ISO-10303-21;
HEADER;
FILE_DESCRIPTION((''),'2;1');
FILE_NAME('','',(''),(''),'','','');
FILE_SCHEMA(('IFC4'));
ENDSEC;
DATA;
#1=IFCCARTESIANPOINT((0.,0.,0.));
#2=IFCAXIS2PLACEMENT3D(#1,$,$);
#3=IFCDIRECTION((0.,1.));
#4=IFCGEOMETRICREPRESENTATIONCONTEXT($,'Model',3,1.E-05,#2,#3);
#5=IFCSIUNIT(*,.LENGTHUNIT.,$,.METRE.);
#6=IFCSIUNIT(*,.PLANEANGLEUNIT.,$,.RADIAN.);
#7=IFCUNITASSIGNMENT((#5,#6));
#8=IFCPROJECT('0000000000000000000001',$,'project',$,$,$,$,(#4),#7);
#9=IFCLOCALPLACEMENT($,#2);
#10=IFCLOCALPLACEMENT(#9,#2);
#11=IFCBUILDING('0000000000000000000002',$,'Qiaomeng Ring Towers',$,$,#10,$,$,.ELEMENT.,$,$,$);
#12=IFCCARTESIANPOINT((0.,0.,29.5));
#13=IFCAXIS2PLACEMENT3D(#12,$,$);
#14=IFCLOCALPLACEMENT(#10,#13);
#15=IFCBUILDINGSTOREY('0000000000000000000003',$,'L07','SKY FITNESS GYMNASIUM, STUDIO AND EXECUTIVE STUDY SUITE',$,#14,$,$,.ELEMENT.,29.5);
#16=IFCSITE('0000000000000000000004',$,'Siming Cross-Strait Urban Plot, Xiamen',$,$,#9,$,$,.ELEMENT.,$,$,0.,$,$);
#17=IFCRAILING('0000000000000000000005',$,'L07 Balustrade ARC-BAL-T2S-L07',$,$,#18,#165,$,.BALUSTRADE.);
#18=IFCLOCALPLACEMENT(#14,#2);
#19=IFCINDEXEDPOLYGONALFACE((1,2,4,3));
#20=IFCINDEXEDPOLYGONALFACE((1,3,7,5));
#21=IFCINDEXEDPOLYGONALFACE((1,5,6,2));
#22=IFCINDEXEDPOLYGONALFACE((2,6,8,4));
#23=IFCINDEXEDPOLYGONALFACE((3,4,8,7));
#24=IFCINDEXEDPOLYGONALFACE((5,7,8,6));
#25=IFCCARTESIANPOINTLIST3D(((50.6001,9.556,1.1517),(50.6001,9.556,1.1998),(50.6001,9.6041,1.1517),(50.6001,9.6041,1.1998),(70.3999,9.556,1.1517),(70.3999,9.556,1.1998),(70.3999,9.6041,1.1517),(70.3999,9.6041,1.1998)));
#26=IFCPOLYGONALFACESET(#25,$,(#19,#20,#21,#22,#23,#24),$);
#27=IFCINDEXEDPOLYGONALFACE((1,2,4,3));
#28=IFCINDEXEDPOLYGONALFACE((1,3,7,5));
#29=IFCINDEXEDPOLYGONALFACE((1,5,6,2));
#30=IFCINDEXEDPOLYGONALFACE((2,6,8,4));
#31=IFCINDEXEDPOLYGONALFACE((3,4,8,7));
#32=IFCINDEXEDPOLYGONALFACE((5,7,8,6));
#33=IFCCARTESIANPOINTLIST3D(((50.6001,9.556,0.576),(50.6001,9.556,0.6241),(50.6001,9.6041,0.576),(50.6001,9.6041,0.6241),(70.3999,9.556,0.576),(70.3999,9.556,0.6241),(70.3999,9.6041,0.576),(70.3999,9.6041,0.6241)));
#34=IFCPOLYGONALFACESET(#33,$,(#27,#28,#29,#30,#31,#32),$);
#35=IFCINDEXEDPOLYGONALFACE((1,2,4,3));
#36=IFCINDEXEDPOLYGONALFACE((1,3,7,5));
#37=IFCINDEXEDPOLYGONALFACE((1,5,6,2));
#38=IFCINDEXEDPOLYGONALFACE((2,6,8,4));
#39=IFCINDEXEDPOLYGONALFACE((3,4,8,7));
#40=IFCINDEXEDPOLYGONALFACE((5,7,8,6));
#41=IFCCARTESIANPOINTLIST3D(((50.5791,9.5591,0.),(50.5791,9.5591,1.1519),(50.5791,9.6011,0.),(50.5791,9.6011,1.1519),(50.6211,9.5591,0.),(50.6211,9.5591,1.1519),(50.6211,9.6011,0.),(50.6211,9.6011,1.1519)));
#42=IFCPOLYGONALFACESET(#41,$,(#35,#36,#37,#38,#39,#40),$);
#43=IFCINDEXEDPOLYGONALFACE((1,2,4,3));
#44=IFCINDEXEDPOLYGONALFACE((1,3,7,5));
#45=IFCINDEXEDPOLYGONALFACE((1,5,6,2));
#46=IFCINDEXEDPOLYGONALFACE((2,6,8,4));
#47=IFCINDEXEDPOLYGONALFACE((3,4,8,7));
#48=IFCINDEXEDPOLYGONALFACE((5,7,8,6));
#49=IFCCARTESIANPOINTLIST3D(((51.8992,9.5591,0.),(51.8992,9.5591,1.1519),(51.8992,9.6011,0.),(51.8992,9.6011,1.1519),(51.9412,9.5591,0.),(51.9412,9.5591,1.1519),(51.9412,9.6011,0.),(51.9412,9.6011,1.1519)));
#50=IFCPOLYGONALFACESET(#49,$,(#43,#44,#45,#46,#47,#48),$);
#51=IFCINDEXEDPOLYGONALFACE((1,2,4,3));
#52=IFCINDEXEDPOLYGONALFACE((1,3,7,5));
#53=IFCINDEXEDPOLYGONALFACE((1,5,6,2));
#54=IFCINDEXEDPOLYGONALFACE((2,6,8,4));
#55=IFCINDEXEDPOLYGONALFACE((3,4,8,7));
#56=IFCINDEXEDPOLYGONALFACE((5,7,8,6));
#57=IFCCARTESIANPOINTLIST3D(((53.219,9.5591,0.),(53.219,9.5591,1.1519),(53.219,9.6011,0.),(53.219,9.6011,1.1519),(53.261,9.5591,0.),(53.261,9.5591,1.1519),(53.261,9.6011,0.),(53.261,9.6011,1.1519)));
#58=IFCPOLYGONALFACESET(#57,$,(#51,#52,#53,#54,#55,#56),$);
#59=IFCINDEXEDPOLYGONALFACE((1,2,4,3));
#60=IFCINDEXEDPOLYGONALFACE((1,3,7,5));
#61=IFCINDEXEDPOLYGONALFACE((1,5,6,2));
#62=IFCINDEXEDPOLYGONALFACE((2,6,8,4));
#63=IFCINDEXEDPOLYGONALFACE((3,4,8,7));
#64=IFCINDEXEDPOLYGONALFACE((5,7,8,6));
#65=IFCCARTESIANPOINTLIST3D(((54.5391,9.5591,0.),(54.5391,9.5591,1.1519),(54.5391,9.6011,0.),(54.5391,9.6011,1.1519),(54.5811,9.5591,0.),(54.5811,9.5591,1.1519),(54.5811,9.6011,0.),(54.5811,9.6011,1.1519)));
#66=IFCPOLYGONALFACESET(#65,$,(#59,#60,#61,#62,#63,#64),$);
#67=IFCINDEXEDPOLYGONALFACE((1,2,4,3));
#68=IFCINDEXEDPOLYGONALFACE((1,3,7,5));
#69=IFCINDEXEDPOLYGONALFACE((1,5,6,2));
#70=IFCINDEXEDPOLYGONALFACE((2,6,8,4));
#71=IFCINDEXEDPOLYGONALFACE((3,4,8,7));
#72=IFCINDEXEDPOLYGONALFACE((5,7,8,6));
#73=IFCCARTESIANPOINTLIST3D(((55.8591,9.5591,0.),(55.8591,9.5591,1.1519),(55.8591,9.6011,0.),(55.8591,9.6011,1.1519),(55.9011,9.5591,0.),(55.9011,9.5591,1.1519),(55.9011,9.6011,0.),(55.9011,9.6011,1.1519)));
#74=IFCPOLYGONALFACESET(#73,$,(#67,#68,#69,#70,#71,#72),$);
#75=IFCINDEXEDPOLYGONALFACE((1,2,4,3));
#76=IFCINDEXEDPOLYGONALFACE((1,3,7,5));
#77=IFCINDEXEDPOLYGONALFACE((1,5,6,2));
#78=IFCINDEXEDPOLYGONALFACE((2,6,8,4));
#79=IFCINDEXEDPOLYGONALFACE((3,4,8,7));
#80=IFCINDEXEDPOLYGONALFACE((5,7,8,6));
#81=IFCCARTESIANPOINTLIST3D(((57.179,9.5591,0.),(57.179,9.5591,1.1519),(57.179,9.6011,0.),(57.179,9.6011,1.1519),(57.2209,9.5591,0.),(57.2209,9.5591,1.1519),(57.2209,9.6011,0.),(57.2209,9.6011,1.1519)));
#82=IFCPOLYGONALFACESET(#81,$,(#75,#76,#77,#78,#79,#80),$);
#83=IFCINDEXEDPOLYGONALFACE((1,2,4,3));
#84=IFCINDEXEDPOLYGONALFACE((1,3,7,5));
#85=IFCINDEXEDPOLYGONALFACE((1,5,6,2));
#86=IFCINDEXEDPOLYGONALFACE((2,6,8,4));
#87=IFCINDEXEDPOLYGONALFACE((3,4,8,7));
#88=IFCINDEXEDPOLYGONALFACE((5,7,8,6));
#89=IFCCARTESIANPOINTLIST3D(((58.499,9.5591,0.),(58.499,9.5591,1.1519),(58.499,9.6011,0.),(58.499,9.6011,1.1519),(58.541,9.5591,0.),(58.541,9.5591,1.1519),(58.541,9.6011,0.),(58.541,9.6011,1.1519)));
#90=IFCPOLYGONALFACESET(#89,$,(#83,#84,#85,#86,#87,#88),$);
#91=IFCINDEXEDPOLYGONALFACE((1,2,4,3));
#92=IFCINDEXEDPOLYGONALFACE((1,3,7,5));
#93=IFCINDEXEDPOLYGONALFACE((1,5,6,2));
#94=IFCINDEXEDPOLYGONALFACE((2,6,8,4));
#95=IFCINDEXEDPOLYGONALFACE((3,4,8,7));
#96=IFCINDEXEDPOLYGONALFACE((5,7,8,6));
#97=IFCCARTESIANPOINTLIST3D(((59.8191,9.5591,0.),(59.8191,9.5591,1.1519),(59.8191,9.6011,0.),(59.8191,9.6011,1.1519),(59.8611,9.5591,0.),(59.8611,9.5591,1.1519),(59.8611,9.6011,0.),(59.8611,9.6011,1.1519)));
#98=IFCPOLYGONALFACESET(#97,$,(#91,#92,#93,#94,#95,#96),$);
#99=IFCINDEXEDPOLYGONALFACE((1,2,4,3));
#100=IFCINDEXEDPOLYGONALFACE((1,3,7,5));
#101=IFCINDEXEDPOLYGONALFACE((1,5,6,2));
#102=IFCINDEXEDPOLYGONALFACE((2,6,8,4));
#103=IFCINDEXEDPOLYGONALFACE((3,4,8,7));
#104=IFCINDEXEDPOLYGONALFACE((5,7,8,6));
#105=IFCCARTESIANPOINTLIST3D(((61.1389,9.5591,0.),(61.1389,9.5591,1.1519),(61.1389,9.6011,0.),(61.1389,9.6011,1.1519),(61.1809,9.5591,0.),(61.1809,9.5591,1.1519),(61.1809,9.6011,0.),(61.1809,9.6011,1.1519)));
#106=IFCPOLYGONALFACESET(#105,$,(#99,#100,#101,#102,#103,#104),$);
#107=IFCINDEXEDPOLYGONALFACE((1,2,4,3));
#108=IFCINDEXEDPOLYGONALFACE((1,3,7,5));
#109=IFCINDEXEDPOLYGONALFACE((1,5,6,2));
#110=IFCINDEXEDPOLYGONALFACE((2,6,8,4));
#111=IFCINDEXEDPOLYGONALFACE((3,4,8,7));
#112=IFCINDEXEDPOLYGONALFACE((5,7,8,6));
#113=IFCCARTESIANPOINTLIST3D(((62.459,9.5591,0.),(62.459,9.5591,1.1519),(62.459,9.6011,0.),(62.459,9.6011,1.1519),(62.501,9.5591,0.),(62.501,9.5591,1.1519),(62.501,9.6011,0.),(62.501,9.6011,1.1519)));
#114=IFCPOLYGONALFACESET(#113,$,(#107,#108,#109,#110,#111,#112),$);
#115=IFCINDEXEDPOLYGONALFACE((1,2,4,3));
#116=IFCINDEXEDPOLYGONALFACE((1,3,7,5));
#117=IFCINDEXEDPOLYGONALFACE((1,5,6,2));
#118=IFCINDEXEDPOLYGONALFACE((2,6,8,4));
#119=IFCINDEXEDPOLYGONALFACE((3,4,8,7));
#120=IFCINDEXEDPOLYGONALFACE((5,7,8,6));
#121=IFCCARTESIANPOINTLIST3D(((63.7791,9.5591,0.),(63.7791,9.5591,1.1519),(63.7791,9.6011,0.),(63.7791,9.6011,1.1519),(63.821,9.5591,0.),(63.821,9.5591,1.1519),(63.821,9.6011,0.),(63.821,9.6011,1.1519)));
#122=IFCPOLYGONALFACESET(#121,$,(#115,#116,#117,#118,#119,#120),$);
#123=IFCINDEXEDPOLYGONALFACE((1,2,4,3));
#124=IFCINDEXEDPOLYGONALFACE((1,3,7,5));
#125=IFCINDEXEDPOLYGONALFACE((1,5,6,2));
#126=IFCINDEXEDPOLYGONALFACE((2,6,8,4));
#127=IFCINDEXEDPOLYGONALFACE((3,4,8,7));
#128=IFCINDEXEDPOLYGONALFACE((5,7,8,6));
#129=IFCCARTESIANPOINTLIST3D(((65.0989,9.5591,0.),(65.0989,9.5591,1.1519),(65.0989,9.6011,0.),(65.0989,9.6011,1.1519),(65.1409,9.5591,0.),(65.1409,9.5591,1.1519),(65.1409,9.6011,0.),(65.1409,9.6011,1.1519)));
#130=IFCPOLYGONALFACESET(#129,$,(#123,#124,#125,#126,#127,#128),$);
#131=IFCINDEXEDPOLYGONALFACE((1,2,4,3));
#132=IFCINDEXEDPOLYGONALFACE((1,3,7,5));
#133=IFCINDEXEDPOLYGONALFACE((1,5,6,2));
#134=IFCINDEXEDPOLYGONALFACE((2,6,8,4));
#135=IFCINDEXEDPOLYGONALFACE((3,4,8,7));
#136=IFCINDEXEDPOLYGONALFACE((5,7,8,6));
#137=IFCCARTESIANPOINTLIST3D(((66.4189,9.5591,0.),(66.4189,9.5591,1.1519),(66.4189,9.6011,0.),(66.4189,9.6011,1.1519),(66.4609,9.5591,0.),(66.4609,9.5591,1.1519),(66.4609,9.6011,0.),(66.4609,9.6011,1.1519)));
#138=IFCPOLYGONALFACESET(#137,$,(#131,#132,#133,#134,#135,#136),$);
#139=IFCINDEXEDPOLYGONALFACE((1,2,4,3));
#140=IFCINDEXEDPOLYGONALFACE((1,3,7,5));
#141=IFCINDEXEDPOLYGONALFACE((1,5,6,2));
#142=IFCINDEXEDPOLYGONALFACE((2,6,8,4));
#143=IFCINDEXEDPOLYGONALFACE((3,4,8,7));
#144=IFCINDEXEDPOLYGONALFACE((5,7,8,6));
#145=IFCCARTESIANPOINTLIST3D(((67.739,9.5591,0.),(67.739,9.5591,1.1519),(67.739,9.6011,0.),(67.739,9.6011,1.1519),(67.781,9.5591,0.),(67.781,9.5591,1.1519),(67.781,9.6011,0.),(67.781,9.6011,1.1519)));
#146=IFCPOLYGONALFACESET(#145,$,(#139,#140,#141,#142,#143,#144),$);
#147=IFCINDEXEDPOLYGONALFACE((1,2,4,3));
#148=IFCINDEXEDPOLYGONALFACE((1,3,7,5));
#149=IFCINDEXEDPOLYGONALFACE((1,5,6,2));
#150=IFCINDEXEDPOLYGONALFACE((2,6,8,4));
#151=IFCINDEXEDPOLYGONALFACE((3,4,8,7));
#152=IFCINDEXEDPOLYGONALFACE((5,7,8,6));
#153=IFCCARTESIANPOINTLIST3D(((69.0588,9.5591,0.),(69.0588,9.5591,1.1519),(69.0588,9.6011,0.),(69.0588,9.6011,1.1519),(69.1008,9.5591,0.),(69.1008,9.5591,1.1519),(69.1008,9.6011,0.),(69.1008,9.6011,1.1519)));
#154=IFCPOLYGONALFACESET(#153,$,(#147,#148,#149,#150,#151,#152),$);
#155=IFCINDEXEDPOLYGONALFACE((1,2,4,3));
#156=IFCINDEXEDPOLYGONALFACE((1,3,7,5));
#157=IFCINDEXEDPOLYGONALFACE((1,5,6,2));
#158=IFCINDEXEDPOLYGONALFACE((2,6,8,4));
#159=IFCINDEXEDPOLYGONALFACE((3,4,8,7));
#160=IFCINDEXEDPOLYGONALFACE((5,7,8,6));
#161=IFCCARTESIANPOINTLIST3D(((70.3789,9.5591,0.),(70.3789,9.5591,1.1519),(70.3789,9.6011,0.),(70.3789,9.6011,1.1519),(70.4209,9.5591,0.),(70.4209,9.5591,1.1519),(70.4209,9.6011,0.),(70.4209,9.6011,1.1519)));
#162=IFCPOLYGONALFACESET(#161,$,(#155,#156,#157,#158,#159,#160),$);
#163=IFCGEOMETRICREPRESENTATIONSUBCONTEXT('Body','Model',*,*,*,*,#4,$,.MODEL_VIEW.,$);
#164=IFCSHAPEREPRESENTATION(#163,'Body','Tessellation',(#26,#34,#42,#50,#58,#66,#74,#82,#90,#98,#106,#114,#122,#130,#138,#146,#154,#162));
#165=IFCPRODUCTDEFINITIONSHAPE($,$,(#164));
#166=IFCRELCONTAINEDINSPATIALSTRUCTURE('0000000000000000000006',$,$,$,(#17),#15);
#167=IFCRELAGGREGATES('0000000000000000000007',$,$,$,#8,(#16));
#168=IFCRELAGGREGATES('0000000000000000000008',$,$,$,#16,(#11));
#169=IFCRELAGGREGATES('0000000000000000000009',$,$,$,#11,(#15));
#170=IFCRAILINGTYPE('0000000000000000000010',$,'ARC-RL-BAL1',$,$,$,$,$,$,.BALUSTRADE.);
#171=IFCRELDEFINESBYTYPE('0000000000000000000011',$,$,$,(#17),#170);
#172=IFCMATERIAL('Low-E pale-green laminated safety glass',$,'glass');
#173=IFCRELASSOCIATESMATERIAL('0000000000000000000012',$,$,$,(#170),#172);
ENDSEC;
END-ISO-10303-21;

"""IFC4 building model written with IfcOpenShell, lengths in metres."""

from ifc_helpers import new_model, si_unit, direction, frame, origin, origin_2d, place, context, subcontext, project, spatial, rectangle, extrude, material, type_object, element, save


model = new_model("IFC4")

# Units and contexts
model_context = context("Model", 3, precision=1e-05, world=origin(), true_north=direction((0.0, 1.0)))
body_context = subcontext(model_context, "Body", "Model", "MODEL_VIEW")
ifc_project = project(units=[si_unit("LENGTHUNIT", "METRE"), si_unit("PLANEANGLEUNIT", "RADIAN")], contexts=[model_context])

# Site, building, storey
site_placement = place(None, origin())
site = spatial("IfcSite", under=ifc_project, at=site_placement, Name="Siming Cross-Strait Urban Plot, Xiamen", CompositionType="ELEMENT", RefElevation=0.0)
building_placement = place(site_placement, origin())
building = spatial("IfcBuilding", under=site, at=building_placement, Name="Qiaomeng Ring Towers", CompositionType="ELEMENT")
storey_placement = place(building_placement, frame((0.0, 0.0, 29.5)))
storey = spatial("IfcBuildingStorey", under=building, at=storey_placement, Name="L07", Description="SKY FITNESS GYMNASIUM, STUDIO AND EXECUTIVE STUDY SUITE", CompositionType="ELEMENT", Elevation=29.5)

# Railing
ifc_material_1 = material(Name="Low-E pale-green laminated safety glass", Category="glass")
railing_type = type_object("IfcRailingType", Name="ARC-RL-BAL1", PredefinedType="BALUSTRADE", material=ifc_material_1)
railing_placement = place(storey_placement, frame((50.6001, 9.5801, 0.0)))
element("IfcRailing", 1, at=railing_placement, inside=storey, type_object=railing_type, Name="L07 Balustrade ARC-BAL-T2S-L07", PredefinedType="BALUSTRADE", context=body_context, shape_type="SweptSolid", body=[
    extrude(rectangle(XDim=0.0481, YDim=0.0481, at=origin_2d()), frame((0.0, 0.0, 1.1758), z_axis=(1.0, 0.0, 0.0), x_axis=(0.0, 1.0, 0.0)), (0.0, 0.0, 1.0), 19.7998),
    extrude(rectangle(XDim=0.0481, YDim=0.0481, at=origin_2d()), frame((0.0, 0.0, 0.6001), z_axis=(1.0, 0.0, 0.0), x_axis=(0.0, 1.0, 0.0)), (0.0, 0.0, 1.0), 19.7998),
    extrude(rectangle(XDim=0.042, YDim=0.042, at=origin_2d()), origin(), (0.0, 0.0, 1.0), 1.1519),
    extrude(rectangle(XDim=0.042, YDim=0.042, at=origin_2d()), frame((1.3201, 0.0, 0.0)), (0.0, 0.0, 1.0), 1.1519),
    extrude(rectangle(XDim=0.042, YDim=0.042, at=origin_2d()), frame((2.6399, 0.0, 0.0)), (0.0, 0.0, 1.0), 1.1519),
    extrude(rectangle(XDim=0.042, YDim=0.042, at=origin_2d()), frame((3.96, 0.0, 0.0)), (0.0, 0.0, 1.0), 1.1519),
    extrude(rectangle(XDim=0.042, YDim=0.042, at=origin_2d()), frame((5.28, 0.0, 0.0)), (0.0, 0.0, 1.0), 1.1519),
    extrude(rectangle(XDim=0.042, YDim=0.042, at=origin_2d()), frame((6.5999, 0.0, 0.0)), (0.0, 0.0, 1.0), 1.1519),
    extrude(rectangle(XDim=0.042, YDim=0.042, at=origin_2d()), frame((7.9199, 0.0, 0.0)), (0.0, 0.0, 1.0), 1.1519),
    extrude(rectangle(XDim=0.042, YDim=0.042, at=origin_2d()), frame((9.24, 0.0, 0.0)), (0.0, 0.0, 1.0), 1.1519),
    extrude(rectangle(XDim=0.042, YDim=0.042, at=origin_2d()), frame((10.5598, 0.0, 0.0)), (0.0, 0.0, 1.0), 1.1519),
    extrude(rectangle(XDim=0.042, YDim=0.042, at=origin_2d()), frame((11.8799, 0.0, 0.0)), (0.0, 0.0, 1.0), 1.1519),
    extrude(rectangle(XDim=0.042, YDim=0.042, at=origin_2d()), frame((13.2, 0.0, 0.0)), (0.0, 0.0, 1.0), 1.1519),
    extrude(rectangle(XDim=0.042, YDim=0.042, at=origin_2d()), frame((14.5198, 0.0, 0.0)), (0.0, 0.0, 1.0), 1.1519),
    extrude(rectangle(XDim=0.042, YDim=0.042, at=origin_2d()), frame((15.8398, 0.0, 0.0)), (0.0, 0.0, 1.0), 1.1519),
    extrude(rectangle(XDim=0.042, YDim=0.042, at=origin_2d()), frame((17.1599, 0.0, 0.0)), (0.0, 0.0, 1.0), 1.1519),
    extrude(rectangle(XDim=0.042, YDim=0.042, at=origin_2d()), frame((18.4797, 0.0, 0.0)), (0.0, 0.0, 1.0), 1.1519),
    extrude(rectangle(XDim=0.042, YDim=0.042, at=origin_2d()), frame((19.7998, 0.0, 0.0)), (0.0, 0.0, 1.0), 1.1519),
])

save(model, "model.ifc")
